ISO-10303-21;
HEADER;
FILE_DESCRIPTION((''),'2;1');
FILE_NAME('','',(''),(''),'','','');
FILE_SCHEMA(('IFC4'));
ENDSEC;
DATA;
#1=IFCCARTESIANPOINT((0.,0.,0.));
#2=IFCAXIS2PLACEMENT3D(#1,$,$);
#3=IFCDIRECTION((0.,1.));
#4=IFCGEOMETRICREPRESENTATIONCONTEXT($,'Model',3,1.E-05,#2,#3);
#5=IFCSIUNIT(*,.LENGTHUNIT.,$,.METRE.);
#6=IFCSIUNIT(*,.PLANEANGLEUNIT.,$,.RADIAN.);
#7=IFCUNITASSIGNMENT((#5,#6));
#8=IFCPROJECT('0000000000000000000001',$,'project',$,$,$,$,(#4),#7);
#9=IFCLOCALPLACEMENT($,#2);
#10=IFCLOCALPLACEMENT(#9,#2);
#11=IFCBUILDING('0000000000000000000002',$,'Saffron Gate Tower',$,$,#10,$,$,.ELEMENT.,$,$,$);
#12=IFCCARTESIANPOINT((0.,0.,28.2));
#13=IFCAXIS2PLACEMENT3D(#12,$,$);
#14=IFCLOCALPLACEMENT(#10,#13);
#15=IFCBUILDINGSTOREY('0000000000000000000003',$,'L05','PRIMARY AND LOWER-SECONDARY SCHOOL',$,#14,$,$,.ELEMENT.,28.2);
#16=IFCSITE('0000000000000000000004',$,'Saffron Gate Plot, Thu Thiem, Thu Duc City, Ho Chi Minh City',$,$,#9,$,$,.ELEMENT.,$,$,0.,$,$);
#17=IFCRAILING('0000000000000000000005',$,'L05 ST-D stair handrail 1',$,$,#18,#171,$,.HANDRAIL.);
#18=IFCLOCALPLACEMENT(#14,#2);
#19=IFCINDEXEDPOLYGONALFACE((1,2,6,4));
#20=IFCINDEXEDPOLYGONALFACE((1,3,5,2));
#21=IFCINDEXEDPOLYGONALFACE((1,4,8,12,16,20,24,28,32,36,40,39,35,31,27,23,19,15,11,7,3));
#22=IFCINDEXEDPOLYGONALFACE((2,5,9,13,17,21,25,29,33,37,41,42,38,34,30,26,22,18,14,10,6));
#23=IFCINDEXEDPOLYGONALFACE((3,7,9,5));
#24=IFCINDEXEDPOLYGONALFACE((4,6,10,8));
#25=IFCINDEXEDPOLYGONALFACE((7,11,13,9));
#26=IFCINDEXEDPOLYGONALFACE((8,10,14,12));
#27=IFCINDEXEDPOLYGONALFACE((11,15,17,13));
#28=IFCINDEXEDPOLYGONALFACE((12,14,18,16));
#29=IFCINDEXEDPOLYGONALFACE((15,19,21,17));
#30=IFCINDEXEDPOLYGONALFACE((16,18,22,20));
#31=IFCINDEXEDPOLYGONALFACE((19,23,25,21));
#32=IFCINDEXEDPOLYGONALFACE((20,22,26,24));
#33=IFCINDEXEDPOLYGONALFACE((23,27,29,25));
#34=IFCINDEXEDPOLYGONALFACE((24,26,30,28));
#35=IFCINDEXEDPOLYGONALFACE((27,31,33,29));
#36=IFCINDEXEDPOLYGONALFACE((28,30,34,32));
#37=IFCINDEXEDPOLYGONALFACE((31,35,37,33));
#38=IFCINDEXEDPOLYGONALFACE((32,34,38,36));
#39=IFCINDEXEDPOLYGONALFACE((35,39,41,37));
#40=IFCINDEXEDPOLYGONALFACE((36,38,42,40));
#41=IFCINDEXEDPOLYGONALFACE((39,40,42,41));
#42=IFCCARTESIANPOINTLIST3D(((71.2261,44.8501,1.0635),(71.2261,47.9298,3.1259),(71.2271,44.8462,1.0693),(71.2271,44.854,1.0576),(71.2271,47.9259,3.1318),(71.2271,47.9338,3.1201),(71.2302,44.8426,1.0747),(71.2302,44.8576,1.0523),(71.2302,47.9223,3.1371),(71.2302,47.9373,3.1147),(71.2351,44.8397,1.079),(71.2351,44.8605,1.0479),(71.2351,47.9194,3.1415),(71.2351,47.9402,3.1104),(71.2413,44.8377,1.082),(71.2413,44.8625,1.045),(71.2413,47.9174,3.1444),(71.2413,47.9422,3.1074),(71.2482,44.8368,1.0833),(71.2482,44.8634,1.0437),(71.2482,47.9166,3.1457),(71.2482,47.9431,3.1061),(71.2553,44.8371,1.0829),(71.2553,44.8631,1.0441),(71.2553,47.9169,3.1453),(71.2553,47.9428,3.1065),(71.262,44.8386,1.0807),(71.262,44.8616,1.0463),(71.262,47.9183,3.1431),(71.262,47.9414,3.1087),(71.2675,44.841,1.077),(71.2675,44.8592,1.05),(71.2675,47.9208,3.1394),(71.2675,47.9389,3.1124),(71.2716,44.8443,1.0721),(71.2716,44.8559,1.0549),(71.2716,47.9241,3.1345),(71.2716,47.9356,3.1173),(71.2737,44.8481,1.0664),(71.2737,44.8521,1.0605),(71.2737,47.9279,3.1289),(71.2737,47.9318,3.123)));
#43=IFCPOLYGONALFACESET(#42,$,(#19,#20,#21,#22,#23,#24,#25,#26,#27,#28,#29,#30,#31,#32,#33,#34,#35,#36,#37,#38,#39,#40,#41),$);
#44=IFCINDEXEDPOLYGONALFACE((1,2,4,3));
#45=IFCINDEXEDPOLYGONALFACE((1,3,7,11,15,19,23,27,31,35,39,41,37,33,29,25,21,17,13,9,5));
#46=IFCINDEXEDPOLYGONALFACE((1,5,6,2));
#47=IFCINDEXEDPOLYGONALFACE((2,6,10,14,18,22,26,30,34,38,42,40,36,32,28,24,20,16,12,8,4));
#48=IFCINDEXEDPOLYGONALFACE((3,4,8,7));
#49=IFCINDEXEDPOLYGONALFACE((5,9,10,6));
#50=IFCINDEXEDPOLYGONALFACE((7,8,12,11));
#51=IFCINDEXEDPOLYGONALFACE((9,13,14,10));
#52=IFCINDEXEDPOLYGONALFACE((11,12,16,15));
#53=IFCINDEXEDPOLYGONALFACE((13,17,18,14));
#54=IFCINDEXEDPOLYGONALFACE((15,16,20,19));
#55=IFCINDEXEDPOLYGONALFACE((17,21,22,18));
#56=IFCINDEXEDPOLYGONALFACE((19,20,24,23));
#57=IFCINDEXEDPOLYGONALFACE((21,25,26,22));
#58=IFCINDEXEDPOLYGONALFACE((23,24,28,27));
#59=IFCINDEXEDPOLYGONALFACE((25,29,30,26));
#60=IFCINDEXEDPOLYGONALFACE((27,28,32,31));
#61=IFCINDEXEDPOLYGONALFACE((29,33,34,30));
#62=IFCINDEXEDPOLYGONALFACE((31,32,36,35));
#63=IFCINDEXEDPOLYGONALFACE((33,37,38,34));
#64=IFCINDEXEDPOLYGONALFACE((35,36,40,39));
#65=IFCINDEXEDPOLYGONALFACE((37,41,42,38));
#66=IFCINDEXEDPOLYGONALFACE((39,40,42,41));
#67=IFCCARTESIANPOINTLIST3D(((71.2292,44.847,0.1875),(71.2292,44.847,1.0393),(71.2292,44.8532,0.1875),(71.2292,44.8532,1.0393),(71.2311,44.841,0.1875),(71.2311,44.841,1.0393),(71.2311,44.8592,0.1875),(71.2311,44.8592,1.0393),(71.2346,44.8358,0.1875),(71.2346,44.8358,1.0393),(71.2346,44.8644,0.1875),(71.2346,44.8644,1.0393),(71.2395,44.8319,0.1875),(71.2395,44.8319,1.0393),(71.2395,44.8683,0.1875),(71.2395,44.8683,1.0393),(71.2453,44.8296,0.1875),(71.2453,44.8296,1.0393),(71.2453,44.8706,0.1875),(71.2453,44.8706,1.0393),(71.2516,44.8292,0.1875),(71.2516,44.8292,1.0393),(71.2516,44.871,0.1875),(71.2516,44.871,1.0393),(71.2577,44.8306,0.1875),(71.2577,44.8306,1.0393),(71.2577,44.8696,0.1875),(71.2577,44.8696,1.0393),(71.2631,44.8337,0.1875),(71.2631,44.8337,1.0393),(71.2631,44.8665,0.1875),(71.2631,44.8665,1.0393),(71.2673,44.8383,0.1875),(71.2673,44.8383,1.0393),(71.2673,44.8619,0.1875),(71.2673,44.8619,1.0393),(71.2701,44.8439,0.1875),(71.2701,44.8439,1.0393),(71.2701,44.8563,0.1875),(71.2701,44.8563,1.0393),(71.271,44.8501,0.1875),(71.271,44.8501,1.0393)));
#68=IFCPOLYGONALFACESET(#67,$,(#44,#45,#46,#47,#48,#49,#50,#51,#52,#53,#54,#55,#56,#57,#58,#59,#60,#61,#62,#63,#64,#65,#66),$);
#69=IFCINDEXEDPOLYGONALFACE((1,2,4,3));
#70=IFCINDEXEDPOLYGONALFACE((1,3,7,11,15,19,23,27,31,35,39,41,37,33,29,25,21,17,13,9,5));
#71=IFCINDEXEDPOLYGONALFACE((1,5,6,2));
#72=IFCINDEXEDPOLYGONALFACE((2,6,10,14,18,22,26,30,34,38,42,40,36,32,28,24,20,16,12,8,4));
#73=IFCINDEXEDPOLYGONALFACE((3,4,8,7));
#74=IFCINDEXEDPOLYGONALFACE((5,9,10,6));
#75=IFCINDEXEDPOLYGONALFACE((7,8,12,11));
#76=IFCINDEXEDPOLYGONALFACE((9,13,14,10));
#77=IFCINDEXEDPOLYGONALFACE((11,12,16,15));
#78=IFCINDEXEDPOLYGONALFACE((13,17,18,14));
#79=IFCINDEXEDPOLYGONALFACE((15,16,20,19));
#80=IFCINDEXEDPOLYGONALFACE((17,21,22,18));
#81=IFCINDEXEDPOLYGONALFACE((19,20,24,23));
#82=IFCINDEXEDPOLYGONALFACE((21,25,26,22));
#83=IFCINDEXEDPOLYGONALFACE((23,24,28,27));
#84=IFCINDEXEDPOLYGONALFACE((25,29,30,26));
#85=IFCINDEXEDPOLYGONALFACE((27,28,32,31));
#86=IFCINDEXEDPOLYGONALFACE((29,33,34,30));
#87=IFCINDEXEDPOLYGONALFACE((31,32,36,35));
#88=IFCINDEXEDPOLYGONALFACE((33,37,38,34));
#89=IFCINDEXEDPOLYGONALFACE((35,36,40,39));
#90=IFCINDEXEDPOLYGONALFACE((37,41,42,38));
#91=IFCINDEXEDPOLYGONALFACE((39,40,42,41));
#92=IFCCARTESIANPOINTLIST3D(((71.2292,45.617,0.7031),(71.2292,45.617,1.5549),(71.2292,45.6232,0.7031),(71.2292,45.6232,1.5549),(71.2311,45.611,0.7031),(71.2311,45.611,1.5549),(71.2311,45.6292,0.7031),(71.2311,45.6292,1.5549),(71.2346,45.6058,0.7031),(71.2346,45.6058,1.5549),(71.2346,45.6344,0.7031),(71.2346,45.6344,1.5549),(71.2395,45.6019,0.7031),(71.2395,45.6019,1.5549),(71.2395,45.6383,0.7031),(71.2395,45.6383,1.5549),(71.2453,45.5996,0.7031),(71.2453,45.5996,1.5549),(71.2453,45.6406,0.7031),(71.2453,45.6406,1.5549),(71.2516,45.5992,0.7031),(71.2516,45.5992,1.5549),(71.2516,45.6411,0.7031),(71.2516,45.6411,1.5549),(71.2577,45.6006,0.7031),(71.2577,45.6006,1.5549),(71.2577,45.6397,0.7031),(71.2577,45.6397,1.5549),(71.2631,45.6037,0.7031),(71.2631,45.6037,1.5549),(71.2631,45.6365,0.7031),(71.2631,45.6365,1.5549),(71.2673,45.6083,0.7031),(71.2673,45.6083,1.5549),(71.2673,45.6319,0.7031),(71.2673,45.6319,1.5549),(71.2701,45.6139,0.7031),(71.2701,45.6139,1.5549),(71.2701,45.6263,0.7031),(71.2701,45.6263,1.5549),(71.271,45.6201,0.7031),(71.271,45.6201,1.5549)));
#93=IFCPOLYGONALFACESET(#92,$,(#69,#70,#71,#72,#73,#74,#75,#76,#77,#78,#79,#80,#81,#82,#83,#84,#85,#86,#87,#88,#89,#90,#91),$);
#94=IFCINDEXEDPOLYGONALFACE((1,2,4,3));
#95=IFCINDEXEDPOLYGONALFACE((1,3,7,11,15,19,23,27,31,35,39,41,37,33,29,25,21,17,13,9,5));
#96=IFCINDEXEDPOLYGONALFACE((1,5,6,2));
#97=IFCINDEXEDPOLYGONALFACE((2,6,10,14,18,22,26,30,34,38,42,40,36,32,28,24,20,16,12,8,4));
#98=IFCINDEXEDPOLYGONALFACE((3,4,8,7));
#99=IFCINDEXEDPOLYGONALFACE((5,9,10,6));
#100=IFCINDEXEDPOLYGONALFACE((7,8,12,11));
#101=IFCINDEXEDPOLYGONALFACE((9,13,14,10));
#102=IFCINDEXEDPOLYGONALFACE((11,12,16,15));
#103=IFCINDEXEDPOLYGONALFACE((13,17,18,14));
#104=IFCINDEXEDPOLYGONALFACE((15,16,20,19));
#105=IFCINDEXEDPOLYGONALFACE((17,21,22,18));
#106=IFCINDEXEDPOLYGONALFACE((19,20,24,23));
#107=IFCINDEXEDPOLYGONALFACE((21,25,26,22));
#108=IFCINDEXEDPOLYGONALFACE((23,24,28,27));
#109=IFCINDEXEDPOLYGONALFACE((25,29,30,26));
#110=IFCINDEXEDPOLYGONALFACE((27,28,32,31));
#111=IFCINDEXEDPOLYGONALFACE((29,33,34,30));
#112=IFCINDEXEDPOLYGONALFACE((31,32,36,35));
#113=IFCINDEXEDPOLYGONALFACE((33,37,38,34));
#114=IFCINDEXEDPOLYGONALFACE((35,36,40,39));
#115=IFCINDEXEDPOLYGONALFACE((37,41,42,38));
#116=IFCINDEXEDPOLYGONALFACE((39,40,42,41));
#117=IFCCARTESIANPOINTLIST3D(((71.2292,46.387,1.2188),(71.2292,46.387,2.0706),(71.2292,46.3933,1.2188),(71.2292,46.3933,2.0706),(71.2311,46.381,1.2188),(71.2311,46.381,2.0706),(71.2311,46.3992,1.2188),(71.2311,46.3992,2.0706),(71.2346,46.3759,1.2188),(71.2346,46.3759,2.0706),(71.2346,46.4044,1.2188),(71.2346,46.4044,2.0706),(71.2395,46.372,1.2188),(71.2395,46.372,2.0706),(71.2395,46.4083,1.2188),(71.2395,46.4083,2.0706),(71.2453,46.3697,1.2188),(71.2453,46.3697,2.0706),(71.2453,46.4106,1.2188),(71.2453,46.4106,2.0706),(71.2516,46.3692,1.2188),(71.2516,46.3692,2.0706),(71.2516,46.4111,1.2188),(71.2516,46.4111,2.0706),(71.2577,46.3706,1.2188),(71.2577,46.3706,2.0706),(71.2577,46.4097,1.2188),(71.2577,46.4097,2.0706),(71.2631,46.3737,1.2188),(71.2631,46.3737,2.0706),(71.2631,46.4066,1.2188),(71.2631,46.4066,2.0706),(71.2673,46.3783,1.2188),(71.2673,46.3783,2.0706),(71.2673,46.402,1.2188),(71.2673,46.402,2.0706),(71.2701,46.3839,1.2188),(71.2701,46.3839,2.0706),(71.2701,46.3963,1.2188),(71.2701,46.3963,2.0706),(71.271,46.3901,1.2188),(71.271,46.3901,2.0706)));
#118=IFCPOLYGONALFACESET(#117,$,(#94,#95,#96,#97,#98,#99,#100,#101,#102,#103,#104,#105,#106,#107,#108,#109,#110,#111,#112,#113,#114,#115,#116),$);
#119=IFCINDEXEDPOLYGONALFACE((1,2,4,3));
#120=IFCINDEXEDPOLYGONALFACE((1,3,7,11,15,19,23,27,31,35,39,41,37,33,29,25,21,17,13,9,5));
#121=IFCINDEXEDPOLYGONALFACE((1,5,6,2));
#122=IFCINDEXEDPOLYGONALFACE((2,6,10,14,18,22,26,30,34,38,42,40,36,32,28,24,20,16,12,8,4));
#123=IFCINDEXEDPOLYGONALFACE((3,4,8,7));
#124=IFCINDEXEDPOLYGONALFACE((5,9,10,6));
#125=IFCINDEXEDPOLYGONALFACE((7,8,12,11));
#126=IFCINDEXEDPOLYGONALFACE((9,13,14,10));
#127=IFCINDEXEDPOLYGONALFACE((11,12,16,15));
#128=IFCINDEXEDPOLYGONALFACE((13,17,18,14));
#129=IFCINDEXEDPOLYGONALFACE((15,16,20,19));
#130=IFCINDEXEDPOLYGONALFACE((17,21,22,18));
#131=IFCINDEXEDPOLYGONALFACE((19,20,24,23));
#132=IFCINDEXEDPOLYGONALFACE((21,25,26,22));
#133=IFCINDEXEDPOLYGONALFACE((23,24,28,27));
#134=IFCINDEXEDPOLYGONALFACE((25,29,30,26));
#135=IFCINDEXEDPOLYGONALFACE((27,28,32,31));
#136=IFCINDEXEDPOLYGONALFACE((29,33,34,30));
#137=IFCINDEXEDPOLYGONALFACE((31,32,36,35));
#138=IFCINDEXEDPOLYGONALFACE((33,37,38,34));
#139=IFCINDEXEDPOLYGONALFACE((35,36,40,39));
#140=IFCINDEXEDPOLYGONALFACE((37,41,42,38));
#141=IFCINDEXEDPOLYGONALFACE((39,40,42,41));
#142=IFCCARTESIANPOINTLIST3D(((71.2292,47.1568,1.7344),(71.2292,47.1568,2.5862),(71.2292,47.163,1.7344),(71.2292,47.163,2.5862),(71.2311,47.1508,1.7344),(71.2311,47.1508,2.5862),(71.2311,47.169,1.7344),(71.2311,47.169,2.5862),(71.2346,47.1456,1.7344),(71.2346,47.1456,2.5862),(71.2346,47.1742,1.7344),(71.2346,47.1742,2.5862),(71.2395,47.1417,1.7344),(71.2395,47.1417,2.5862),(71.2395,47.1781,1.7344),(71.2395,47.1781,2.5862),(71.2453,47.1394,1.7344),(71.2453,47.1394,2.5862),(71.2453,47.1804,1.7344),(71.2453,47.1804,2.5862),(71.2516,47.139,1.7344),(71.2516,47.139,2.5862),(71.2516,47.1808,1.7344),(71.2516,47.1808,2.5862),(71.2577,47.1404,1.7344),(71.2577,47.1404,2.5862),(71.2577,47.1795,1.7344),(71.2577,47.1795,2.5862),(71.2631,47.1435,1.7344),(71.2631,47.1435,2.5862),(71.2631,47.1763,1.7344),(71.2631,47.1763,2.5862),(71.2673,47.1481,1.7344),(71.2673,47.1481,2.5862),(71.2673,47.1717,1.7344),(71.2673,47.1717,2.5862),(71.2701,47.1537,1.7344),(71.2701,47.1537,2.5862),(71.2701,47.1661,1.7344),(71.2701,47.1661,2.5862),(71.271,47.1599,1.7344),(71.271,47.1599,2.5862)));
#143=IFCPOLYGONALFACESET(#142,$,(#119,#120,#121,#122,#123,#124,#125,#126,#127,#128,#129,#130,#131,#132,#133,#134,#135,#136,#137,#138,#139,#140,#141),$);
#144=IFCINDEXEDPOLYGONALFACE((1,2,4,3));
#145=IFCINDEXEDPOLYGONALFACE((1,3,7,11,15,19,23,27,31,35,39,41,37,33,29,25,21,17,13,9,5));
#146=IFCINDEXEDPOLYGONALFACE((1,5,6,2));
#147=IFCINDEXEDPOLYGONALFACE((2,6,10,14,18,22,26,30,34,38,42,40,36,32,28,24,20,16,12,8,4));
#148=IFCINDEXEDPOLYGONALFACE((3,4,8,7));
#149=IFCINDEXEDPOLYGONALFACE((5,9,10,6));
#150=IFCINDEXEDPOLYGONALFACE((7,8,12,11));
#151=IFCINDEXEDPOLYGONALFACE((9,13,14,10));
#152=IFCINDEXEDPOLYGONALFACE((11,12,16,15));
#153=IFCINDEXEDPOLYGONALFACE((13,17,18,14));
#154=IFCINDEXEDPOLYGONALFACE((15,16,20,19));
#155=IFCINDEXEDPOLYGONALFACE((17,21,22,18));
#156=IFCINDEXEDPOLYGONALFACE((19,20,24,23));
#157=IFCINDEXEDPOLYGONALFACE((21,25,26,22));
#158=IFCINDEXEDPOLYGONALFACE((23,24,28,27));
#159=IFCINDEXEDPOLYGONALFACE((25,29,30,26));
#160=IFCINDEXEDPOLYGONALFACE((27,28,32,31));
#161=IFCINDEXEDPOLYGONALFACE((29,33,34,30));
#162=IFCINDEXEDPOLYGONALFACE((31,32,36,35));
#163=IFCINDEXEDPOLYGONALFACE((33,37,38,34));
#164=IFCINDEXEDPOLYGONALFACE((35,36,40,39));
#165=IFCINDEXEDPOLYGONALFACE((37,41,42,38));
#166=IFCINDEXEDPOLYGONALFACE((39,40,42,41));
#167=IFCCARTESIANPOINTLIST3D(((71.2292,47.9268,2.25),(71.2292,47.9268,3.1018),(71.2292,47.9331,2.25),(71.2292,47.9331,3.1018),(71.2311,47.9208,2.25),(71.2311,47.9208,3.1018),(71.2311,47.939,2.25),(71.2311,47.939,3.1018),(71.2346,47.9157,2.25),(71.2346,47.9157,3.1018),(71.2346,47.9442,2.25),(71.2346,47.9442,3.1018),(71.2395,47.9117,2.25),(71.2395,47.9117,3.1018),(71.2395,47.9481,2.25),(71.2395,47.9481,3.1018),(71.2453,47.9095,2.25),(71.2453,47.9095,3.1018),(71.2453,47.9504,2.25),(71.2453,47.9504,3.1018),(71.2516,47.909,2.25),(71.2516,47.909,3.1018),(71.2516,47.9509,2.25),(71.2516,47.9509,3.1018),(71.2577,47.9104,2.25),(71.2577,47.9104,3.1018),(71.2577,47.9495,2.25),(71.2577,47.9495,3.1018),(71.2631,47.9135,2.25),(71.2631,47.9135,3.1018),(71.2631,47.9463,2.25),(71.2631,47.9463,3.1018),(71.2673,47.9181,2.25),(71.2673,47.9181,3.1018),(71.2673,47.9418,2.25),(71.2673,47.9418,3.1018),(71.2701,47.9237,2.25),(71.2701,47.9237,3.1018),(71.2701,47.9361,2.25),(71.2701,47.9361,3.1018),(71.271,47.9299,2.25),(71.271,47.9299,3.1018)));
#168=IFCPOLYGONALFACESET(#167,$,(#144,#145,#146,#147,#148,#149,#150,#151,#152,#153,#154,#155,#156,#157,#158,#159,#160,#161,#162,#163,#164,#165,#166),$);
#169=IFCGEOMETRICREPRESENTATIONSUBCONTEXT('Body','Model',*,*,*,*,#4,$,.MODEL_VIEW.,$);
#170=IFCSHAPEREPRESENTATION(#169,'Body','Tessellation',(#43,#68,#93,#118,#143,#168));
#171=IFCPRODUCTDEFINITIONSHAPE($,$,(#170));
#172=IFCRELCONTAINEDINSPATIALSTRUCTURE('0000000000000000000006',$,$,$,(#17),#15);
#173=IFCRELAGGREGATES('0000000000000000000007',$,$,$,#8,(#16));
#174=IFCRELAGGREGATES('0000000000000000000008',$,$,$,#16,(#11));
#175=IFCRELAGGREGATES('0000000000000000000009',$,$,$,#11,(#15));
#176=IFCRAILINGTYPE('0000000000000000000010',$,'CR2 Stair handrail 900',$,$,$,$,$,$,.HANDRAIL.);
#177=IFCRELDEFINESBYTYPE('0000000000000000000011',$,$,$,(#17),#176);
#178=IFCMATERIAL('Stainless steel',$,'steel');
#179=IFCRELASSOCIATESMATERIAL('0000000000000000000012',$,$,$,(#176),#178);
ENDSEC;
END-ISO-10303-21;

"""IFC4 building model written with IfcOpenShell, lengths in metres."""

from ifc_helpers import new_model, si_unit, direction, frame, origin, origin_2d, place, context, subcontext, project, spatial, circle, extrude, material, type_object, element, save


model = new_model("IFC4")

# Units and contexts
model_context = context("Model", 3, precision=1e-05, world=origin(), true_north=direction((0.0, 1.0)))
body_context = subcontext(model_context, "Body", "Model", "MODEL_VIEW")
ifc_project = project(units=[si_unit("LENGTHUNIT", "METRE"), si_unit("PLANEANGLEUNIT", "RADIAN")], contexts=[model_context])

# Site, building, storey
site_placement = place(None, origin())
site = spatial("IfcSite", under=ifc_project, at=site_placement, Name="Saffron Gate Plot, Thu Thiem, Thu Duc City, Ho Chi Minh City", CompositionType="ELEMENT", RefElevation=0.0)
building_placement = place(site_placement, origin())
building = spatial("IfcBuilding", under=site, at=building_placement, Name="Saffron Gate Tower", CompositionType="ELEMENT")
storey_placement = place(building_placement, frame((0.0, 0.0, 28.2)))
storey = spatial("IfcBuildingStorey", under=building, at=storey_placement, Name="L05", Description="PRIMARY AND LOWER-SECONDARY SCHOOL", CompositionType="ELEMENT", Elevation=28.2)

# Railing
ifc_material_1 = material(Name="Stainless steel", Category="steel")
railing_type_1 = type_object("IfcRailingType", Name="CR2 Stair handrail 900", PredefinedType="HANDRAIL", material=ifc_material_1)
railing_1_placement = place(storey_placement, frame((71.25, 44.8501, 0.1875)))
element("IfcRailing", 1, at=railing_1_placement, inside=storey, type_object=railing_type_1, Name="L05 ST-D stair handrail 1", PredefinedType="HANDRAIL", context=body_context, shape_type="SweptSolid", body=[
    extrude(circle(Radius=0.0239, at=origin_2d()), frame((0.0, 0.0, 0.876), z_axis=(0.0, 0.830893, 0.556432), x_axis=(-1.0, 0.0, 0.0)), (0.0, 0.0, 1.0), 3.7065),
    extrude(circle(Radius=0.021, at=origin_2d()), origin(), (0.0, 0.0, 1.0), 0.8518),
    extrude(circle(Radius=0.021, at=origin_2d()), frame((0.0, 0.77, 0.5156)), (0.0, 0.0, 1.0), 0.8518),
    extrude(circle(Radius=0.021, at=origin_2d()), frame((0.0, 1.54, 1.0312)), (0.0, 0.0, 1.0), 0.8518),
    extrude(circle(Radius=0.021, at=origin_2d()), frame((0.0, 2.3098, 1.5469)), (0.0, 0.0, 1.0), 0.8518),
    extrude(circle(Radius=0.021, at=origin_2d()), frame((0.0, 3.0798, 2.0625)), (0.0, 0.0, 1.0), 0.8518),
])

save(model, "model.ifc")
